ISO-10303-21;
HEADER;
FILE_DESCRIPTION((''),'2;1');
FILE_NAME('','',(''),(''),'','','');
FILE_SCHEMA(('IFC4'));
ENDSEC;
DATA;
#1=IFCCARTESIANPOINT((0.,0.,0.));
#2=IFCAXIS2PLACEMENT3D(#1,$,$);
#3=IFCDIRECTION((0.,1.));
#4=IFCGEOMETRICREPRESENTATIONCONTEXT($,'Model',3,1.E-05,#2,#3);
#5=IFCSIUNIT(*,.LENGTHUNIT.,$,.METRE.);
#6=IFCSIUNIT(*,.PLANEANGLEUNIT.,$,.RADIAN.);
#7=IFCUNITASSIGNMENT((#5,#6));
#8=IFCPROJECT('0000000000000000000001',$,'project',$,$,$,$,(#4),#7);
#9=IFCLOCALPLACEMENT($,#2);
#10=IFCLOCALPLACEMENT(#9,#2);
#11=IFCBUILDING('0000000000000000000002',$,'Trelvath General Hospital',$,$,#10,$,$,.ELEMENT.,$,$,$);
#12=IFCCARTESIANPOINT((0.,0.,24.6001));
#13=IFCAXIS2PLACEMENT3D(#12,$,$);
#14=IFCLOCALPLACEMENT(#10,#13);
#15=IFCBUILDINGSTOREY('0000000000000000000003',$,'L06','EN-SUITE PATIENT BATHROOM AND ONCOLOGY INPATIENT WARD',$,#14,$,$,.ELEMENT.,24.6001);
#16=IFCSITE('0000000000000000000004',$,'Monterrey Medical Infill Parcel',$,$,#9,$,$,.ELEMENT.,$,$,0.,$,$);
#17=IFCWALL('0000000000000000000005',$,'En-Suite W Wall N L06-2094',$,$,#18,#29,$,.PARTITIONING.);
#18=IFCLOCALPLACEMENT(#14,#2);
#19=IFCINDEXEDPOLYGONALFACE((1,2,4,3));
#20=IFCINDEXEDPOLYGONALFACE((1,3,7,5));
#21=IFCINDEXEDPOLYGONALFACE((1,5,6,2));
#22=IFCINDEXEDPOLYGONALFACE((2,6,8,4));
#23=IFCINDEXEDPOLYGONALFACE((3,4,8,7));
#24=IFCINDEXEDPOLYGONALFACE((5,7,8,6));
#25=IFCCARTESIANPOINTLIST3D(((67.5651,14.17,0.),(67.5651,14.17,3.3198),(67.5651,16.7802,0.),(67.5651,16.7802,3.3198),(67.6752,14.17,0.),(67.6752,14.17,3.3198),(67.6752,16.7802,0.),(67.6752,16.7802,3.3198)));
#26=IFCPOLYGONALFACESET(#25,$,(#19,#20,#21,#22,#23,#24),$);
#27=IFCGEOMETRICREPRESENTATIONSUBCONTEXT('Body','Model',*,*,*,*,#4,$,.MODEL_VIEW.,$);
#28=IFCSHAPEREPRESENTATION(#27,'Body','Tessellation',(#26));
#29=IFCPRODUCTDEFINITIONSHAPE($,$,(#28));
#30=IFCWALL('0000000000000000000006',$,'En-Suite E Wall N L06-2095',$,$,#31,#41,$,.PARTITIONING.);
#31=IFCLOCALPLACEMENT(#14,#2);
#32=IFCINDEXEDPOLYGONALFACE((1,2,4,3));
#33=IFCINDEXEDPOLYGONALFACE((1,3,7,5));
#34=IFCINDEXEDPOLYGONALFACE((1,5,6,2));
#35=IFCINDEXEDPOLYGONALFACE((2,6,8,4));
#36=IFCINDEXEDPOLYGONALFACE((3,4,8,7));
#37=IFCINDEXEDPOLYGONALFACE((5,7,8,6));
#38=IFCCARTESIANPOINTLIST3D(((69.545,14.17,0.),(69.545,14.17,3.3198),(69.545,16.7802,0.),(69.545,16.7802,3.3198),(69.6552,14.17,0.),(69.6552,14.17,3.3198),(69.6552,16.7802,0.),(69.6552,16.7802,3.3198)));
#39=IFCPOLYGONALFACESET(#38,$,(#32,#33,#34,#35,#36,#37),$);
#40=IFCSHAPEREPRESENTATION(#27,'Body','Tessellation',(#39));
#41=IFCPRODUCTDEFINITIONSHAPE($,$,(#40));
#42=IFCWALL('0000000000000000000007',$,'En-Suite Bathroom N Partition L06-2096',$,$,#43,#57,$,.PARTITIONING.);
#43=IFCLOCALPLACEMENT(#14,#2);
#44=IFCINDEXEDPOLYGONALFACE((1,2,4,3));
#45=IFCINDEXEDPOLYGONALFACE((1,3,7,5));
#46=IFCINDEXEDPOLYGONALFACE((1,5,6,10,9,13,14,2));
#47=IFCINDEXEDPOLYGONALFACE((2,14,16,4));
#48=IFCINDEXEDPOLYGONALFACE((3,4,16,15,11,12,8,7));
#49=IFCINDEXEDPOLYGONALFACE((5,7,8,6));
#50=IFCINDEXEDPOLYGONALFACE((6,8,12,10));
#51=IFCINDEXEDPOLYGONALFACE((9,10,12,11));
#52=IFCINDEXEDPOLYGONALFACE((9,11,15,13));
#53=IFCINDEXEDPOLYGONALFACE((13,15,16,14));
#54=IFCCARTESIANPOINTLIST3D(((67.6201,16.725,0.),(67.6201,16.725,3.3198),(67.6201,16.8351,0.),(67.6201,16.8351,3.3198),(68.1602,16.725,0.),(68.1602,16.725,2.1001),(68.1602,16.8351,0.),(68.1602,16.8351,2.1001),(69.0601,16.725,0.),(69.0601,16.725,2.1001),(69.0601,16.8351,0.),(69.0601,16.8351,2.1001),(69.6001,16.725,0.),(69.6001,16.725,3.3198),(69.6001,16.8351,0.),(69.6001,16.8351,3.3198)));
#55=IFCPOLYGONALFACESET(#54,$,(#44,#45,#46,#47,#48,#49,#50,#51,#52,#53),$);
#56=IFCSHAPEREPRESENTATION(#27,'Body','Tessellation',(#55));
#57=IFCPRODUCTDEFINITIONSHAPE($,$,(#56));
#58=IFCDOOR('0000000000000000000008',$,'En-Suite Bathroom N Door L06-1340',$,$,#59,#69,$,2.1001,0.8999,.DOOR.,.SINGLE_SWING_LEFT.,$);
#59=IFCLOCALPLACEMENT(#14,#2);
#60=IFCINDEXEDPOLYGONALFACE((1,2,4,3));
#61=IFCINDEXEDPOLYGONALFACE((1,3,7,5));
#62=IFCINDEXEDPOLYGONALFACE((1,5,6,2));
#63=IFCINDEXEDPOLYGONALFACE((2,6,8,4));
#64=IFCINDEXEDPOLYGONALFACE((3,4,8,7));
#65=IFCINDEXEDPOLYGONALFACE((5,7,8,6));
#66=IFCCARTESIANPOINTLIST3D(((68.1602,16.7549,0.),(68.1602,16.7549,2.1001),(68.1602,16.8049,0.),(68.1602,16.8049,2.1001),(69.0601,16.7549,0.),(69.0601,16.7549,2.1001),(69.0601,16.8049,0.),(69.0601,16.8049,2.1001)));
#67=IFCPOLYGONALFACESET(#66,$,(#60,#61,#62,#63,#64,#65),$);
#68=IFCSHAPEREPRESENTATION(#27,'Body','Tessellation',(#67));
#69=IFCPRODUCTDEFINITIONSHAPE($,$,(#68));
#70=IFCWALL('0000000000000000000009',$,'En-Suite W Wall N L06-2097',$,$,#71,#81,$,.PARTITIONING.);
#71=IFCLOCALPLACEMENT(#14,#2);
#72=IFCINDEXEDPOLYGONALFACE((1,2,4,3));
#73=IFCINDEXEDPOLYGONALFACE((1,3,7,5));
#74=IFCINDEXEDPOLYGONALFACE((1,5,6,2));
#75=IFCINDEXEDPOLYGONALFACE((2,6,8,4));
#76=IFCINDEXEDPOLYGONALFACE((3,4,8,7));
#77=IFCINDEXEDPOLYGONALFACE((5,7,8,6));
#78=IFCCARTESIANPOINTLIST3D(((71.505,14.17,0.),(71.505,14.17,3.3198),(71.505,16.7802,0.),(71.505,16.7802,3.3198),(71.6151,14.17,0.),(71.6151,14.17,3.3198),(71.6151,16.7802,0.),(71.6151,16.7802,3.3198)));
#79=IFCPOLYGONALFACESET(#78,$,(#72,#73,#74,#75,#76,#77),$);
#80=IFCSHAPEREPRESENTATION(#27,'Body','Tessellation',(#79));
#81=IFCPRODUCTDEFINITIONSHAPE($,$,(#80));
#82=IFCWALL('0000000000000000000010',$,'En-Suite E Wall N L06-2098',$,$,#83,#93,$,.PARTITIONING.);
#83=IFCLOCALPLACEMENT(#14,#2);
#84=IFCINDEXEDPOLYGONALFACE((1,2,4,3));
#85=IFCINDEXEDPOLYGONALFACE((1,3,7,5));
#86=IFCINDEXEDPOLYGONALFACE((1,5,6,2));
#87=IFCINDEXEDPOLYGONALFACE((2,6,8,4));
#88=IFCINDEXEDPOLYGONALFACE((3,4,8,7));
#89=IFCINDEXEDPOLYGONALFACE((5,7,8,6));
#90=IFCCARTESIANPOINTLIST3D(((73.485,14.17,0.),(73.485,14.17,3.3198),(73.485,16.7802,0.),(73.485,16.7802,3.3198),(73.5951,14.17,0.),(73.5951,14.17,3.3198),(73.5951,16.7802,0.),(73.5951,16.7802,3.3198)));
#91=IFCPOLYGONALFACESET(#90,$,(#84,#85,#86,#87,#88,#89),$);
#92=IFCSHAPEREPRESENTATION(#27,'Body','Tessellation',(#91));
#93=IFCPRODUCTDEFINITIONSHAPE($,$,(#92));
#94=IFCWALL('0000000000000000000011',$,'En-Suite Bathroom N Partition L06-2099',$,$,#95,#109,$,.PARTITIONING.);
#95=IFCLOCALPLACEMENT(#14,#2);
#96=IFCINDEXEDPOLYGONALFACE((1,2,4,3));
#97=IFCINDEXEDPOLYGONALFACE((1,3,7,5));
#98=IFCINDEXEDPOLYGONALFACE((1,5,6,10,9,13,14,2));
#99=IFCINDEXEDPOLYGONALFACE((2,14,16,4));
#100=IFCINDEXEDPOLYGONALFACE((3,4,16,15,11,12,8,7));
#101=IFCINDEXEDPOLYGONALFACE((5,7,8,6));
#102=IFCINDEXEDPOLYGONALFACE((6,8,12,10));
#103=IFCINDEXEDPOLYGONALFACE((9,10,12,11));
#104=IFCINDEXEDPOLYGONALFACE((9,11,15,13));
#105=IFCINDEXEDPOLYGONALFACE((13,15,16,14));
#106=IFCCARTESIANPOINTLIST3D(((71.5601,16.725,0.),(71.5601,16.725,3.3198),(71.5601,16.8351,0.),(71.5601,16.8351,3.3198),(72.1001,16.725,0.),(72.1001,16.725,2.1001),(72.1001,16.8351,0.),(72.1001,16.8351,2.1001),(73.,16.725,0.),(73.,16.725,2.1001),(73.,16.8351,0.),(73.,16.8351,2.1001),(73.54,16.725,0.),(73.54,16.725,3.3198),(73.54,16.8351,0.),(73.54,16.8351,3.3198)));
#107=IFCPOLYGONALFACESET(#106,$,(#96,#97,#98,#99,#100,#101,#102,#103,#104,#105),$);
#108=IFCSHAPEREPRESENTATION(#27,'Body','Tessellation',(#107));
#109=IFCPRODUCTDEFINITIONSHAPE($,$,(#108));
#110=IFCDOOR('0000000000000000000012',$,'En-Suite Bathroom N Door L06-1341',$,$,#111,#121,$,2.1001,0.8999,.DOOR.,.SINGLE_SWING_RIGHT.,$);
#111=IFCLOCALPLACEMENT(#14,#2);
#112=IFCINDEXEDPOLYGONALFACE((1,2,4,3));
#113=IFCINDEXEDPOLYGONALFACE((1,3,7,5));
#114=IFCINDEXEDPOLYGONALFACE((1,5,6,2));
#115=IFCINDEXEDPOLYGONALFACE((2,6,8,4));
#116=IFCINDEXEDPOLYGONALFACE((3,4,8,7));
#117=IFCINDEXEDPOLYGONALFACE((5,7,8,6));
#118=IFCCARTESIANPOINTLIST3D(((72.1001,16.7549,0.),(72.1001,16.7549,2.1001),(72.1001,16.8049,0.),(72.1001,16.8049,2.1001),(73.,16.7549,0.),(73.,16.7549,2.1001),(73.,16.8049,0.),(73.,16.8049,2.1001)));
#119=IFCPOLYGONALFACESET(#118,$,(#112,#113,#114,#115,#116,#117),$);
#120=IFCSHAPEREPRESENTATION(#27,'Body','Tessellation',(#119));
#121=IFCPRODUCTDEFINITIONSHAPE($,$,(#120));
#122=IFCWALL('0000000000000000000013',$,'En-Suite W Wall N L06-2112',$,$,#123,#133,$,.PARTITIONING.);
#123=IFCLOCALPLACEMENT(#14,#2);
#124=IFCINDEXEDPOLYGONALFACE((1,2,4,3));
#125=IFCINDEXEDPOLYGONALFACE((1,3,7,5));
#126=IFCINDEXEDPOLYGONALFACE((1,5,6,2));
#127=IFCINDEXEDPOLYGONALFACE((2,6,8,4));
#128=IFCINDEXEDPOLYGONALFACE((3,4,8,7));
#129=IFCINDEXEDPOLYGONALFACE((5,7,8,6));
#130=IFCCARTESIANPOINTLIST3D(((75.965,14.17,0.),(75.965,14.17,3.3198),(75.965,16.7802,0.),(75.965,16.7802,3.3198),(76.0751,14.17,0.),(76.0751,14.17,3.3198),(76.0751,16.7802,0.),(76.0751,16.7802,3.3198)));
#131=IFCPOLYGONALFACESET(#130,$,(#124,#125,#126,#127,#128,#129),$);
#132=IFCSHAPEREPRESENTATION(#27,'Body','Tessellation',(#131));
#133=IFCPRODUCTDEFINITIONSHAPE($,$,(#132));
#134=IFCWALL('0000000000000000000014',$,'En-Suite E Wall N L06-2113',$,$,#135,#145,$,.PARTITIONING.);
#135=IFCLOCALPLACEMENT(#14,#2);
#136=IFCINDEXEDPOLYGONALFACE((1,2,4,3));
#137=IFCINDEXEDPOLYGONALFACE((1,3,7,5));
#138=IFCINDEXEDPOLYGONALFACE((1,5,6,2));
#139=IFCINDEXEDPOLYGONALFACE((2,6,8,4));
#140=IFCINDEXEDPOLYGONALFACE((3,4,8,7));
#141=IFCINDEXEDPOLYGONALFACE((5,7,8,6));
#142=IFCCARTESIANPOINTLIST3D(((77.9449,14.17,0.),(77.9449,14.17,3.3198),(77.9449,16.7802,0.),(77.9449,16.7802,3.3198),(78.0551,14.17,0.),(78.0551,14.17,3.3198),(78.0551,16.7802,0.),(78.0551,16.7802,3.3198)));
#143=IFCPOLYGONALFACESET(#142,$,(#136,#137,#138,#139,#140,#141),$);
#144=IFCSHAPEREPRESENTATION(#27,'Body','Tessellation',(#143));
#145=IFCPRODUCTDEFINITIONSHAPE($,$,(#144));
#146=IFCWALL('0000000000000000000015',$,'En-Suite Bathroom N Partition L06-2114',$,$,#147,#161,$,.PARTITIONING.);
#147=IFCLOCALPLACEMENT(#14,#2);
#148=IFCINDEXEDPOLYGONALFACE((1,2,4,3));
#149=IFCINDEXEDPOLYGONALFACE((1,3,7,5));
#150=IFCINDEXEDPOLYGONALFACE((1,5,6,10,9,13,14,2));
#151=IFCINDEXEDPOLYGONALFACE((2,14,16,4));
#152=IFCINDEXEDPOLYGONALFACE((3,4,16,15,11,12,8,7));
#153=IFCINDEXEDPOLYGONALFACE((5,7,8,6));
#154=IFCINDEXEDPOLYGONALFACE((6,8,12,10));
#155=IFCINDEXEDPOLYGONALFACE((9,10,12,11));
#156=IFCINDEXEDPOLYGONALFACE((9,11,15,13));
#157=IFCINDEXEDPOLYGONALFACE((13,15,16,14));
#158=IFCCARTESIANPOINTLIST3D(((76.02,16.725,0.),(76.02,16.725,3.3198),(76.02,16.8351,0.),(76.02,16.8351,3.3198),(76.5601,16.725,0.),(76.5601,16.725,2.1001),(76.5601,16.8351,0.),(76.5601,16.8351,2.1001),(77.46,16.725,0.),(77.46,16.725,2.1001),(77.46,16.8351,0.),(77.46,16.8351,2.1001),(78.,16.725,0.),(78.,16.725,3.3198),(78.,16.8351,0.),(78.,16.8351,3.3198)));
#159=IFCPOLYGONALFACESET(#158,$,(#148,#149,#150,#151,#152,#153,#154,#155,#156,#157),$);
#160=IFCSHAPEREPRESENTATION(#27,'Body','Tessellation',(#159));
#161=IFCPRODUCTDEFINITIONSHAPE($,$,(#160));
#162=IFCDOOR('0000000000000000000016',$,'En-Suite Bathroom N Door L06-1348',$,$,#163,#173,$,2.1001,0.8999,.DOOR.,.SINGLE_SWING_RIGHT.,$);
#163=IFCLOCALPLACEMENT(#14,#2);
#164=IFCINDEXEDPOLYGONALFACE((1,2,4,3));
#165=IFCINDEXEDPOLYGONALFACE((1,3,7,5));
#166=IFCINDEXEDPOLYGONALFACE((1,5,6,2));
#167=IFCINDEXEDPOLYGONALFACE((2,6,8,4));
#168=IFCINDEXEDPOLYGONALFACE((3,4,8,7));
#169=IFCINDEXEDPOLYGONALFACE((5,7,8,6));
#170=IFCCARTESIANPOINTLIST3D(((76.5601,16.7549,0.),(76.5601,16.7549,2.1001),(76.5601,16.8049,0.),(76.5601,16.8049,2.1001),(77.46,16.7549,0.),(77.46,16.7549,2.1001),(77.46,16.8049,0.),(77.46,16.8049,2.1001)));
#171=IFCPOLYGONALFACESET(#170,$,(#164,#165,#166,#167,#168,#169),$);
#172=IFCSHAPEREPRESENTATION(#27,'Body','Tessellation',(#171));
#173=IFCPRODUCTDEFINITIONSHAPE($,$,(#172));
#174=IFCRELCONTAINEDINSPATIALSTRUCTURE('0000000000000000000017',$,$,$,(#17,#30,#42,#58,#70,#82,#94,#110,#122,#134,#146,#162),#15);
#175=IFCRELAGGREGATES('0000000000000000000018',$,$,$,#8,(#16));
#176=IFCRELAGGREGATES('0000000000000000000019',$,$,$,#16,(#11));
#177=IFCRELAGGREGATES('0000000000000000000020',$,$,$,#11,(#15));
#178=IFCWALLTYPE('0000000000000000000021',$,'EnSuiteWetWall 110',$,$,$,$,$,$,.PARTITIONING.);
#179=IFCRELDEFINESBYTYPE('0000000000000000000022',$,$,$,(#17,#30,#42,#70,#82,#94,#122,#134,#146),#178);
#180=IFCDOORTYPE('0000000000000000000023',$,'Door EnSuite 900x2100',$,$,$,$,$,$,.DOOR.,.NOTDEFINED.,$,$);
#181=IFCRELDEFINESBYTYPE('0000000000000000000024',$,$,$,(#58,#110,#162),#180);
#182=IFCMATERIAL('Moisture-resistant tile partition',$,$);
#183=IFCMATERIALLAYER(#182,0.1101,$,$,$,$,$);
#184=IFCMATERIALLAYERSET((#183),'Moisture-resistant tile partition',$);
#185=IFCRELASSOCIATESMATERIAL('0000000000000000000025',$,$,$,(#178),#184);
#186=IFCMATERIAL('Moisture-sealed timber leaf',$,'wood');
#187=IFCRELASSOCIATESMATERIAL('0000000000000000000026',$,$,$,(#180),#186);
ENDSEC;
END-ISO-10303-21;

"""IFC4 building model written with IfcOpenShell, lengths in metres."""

from ifc_helpers import new_model, si_unit, direction, frame, frame_2d, origin, place, context, subcontext, project, spatial, rectangle, extrude, material, layer, layer_set, type_object, element, fill, save


model = new_model("IFC4")

# Units and contexts
model_context = context("Model", 3, precision=1e-05, world=origin(), true_north=direction((0.0, 1.0)))
body_context = subcontext(model_context, "Body", "Model", "MODEL_VIEW")
ifc_project = project(units=[si_unit("LENGTHUNIT", "METRE"), si_unit("PLANEANGLEUNIT", "RADIAN")], contexts=[model_context])

# Site, building, storey
site_placement = place(None, origin())
site = spatial("IfcSite", under=ifc_project, at=site_placement, Name="Monterrey Medical Infill Parcel", CompositionType="ELEMENT", RefElevation=0.0)
building_placement = place(site_placement, origin())
building = spatial("IfcBuilding", under=site, at=building_placement, Name="Trelvath General Hospital", CompositionType="ELEMENT")
storey_placement = place(building_placement, frame((0.0, 0.0, 24.6001)))
storey = spatial("IfcBuildingStorey", under=building, at=storey_placement, Name="L06", Description="EN-SUITE PATIENT BATHROOM AND ONCOLOGY INPATIENT WARD", CompositionType="ELEMENT", Elevation=24.6001)

# Shared definitions
ifc_material_1 = material(Name="Moisture-resistant tile partition")
ifc_layer_1 = layer(ifc_material_1, 0.1101)
ifc_layer_set_1 = layer_set([ifc_layer_1], Name="Moisture-resistant tile partition")
wall_type_1 = type_object("IfcWallType", Name="EnSuiteWetWall 110", PredefinedType="PARTITIONING", material=ifc_layer_set_1)

# Shared definitions
ifc_material_2 = material(Name="Moisture-sealed timber leaf", Category="wood")
door_type = type_object("IfcDoorType", Name="Door EnSuite 900x2100", OperationType="NOTDEFINED", PredefinedType="DOOR", material=ifc_material_2)

# Walls
for number, where, z_axis, x_axis, name in (
    (1, (67.6201, 14.1699, 0.0), (0.0, 0.0, 1.0), (0.0, 1.0, 0.0), "En-Suite W Wall N L06-2094"),
    (2, (69.6001, 14.1699, 0.0), (0.0, 0.0, 1.0), (0.0, 1.0, 0.0), "En-Suite E Wall N L06-2095"),
):
    element("IfcWall", number, at=place(storey_placement, frame(where, z_axis=z_axis, x_axis=x_axis)), inside=storey, type_object=wall_type_1, Name=name, PredefinedType="PARTITIONING", context=body_context, shape_type="SweptSolid", body=[
        extrude(rectangle(XDim=2.6101, YDim=0.1101, at=frame_2d((1.3052, 0.0))), origin(), (0.0, 0.0, 1.0), 3.3198),
    ])

# Wall, opening, door
wall_1_placement = place(storey_placement, frame((67.6201, 16.78, 0.0), z_axis=(0.0, 0.0, 1.0), x_axis=(1.0, 0.0, 0.0)))
wall_1 = element("IfcWall", 3, at=wall_1_placement, inside=storey, type_object=wall_type_1, Name="En-Suite Bathroom N Partition L06-2096", PredefinedType="PARTITIONING", context=body_context, shape_type="SweptSolid", body=[
    extrude(rectangle(XDim=1.98, YDim=0.1101, at=frame_2d((0.99, 0.0))), origin(), (0.0, 0.0, 1.0), 3.3198),
])
opening_1_placement = place(wall_1_placement, frame((0.54, 0.0, 0.0)))
opening_1 = element("IfcOpeningElement", 4, at=opening_1_placement, cuts=wall_1, PredefinedType="OPENING", context=body_context, shape_type="SweptSolid", body=[
    extrude(rectangle(XDim=0.8999, YDim=2.1001, at=frame_2d((0.45, 1.05))), frame((0.0, 0.0649, 0.0), z_axis=(0.0, -1.0, 0.0), x_axis=(1.0, 0.0, 0.0)), (0.0, 0.0, 1.0), 0.1301),
])
door_1_placement = place(opening_1_placement, origin())
door_1 = element("IfcDoor", 5, at=door_1_placement, inside=storey, type_object=door_type, Name="En-Suite Bathroom N Door L06-1340", OperationType="SINGLE_SWING_LEFT", OverallHeight=2.1001, OverallWidth=0.8999, PredefinedType="DOOR", context=body_context, shape_type="SweptSolid", body=[
    extrude(rectangle(XDim=0.8999, YDim=2.1001, at=frame_2d((0.45, 1.05))), frame((0.0, 0.0249, 0.0), z_axis=(0.0, -1.0, 0.0), x_axis=(1.0, 0.0, 0.0)), (0.0, 0.0, 1.0), 0.05),
])
fill(opening_1, door_1)

# Walls
for number, where, z_axis, x_axis, name in (
    (6, (71.5601, 14.1699, 0.0), (0.0, 0.0, 1.0), (0.0, 1.0, 0.0), "En-Suite W Wall N L06-2097"),
    (7, (73.54, 14.1699, 0.0), (0.0, 0.0, 1.0), (0.0, 1.0, 0.0), "En-Suite E Wall N L06-2098"),
):
    element("IfcWall", number, at=place(storey_placement, frame(where, z_axis=z_axis, x_axis=x_axis)), inside=storey, type_object=wall_type_1, Name=name, PredefinedType="PARTITIONING", context=body_context, shape_type="SweptSolid", body=[
        extrude(rectangle(XDim=2.6101, YDim=0.1101, at=frame_2d((1.3052, 0.0))), origin(), (0.0, 0.0, 1.0), 3.3198),
    ])

# Wall, opening, door
wall_2_placement = place(storey_placement, frame((71.5601, 16.78, 0.0), z_axis=(0.0, 0.0, 1.0), x_axis=(1.0, 0.0, 0.0)))
wall_2 = element("IfcWall", 8, at=wall_2_placement, inside=storey, type_object=wall_type_1, Name="En-Suite Bathroom N Partition L06-2099", PredefinedType="PARTITIONING", context=body_context, shape_type="SweptSolid", body=[
    extrude(rectangle(XDim=1.98, YDim=0.1101, at=frame_2d((0.99, 0.0))), origin(), (0.0, 0.0, 1.0), 3.3198),
])
opening_2_placement = place(wall_2_placement, frame((0.54, 0.0, 0.0)))
opening_2 = element("IfcOpeningElement", 9, at=opening_2_placement, cuts=wall_2, PredefinedType="OPENING", context=body_context, shape_type="SweptSolid", body=[
    extrude(rectangle(XDim=0.8999, YDim=2.1001, at=frame_2d((0.45, 1.05))), frame((0.0, 0.0649, 0.0), z_axis=(0.0, -1.0, 0.0), x_axis=(1.0, 0.0, 0.0)), (0.0, 0.0, 1.0), 0.1301),
])
door_2_placement = place(opening_2_placement, origin())
door_2 = element("IfcDoor", 10, at=door_2_placement, inside=storey, type_object=door_type, Name="En-Suite Bathroom N Door L06-1341", OperationType="SINGLE_SWING_RIGHT", OverallHeight=2.1001, OverallWidth=0.8999, PredefinedType="DOOR", context=body_context, shape_type="SweptSolid", body=[
    extrude(rectangle(XDim=0.8999, YDim=2.1001, at=frame_2d((0.45, 1.05))), frame((0.0, 0.0249, 0.0), z_axis=(0.0, -1.0, 0.0), x_axis=(1.0, 0.0, 0.0)), (0.0, 0.0, 1.0), 0.05),
])
fill(opening_2, door_2)

# Walls
for number, where, z_axis, x_axis, name in (
    (11, (76.02, 14.1699, 0.0), (0.0, 0.0, 1.0), (0.0, 1.0, 0.0), "En-Suite W Wall N L06-2112"),
    (12, (78.0, 14.1699, 0.0), (0.0, 0.0, 1.0), (0.0, 1.0, 0.0), "En-Suite E Wall N L06-2113"),
):
    element("IfcWall", number, at=place(storey_placement, frame(where, z_axis=z_axis, x_axis=x_axis)), inside=storey, type_object=wall_type_1, Name=name, PredefinedType="PARTITIONING", context=body_context, shape_type="SweptSolid", body=[
        extrude(rectangle(XDim=2.6101, YDim=0.1101, at=frame_2d((1.3052, 0.0))), origin(), (0.0, 0.0, 1.0), 3.3198),
    ])

# Wall, opening, door
wall_3_placement = place(storey_placement, frame((76.02, 16.78, 0.0), z_axis=(0.0, 0.0, 1.0), x_axis=(1.0, 0.0, 0.0)))
wall_3 = element("IfcWall", 13, at=wall_3_placement, inside=storey, type_object=wall_type_1, Name="En-Suite Bathroom N Partition L06-2114", PredefinedType="PARTITIONING", context=body_context, shape_type="SweptSolid", body=[
    extrude(rectangle(XDim=1.98, YDim=0.1101, at=frame_2d((0.99, 0.0))), origin(), (0.0, 0.0, 1.0), 3.3198),
])
opening_3_placement = place(wall_3_placement, frame((0.54, 0.0, 0.0)))
opening_3 = element("IfcOpeningElement", 14, at=opening_3_placement, cuts=wall_3, PredefinedType="OPENING", context=body_context, shape_type="SweptSolid", body=[
    extrude(rectangle(XDim=0.8999, YDim=2.1001, at=frame_2d((0.45, 1.05))), frame((0.0, 0.0649, 0.0), z_axis=(0.0, -1.0, 0.0), x_axis=(1.0, 0.0, 0.0)), (0.0, 0.0, 1.0), 0.1301),
])
door_3_placement = place(opening_3_placement, origin())
door_3 = element("IfcDoor", 15, at=door_3_placement, inside=storey, type_object=door_type, Name="En-Suite Bathroom N Door L06-1348", OperationType="SINGLE_SWING_RIGHT", OverallHeight=2.1001, OverallWidth=0.8999, PredefinedType="DOOR", context=body_context, shape_type="SweptSolid", body=[
    extrude(rectangle(XDim=0.8999, YDim=2.1001, at=frame_2d((0.45, 1.05))), frame((0.0, 0.0249, 0.0), z_axis=(0.0, -1.0, 0.0), x_axis=(1.0, 0.0, 0.0)), (0.0, 0.0, 1.0), 0.05),
])
fill(opening_3, door_3)

save(model, "model.ifc")
